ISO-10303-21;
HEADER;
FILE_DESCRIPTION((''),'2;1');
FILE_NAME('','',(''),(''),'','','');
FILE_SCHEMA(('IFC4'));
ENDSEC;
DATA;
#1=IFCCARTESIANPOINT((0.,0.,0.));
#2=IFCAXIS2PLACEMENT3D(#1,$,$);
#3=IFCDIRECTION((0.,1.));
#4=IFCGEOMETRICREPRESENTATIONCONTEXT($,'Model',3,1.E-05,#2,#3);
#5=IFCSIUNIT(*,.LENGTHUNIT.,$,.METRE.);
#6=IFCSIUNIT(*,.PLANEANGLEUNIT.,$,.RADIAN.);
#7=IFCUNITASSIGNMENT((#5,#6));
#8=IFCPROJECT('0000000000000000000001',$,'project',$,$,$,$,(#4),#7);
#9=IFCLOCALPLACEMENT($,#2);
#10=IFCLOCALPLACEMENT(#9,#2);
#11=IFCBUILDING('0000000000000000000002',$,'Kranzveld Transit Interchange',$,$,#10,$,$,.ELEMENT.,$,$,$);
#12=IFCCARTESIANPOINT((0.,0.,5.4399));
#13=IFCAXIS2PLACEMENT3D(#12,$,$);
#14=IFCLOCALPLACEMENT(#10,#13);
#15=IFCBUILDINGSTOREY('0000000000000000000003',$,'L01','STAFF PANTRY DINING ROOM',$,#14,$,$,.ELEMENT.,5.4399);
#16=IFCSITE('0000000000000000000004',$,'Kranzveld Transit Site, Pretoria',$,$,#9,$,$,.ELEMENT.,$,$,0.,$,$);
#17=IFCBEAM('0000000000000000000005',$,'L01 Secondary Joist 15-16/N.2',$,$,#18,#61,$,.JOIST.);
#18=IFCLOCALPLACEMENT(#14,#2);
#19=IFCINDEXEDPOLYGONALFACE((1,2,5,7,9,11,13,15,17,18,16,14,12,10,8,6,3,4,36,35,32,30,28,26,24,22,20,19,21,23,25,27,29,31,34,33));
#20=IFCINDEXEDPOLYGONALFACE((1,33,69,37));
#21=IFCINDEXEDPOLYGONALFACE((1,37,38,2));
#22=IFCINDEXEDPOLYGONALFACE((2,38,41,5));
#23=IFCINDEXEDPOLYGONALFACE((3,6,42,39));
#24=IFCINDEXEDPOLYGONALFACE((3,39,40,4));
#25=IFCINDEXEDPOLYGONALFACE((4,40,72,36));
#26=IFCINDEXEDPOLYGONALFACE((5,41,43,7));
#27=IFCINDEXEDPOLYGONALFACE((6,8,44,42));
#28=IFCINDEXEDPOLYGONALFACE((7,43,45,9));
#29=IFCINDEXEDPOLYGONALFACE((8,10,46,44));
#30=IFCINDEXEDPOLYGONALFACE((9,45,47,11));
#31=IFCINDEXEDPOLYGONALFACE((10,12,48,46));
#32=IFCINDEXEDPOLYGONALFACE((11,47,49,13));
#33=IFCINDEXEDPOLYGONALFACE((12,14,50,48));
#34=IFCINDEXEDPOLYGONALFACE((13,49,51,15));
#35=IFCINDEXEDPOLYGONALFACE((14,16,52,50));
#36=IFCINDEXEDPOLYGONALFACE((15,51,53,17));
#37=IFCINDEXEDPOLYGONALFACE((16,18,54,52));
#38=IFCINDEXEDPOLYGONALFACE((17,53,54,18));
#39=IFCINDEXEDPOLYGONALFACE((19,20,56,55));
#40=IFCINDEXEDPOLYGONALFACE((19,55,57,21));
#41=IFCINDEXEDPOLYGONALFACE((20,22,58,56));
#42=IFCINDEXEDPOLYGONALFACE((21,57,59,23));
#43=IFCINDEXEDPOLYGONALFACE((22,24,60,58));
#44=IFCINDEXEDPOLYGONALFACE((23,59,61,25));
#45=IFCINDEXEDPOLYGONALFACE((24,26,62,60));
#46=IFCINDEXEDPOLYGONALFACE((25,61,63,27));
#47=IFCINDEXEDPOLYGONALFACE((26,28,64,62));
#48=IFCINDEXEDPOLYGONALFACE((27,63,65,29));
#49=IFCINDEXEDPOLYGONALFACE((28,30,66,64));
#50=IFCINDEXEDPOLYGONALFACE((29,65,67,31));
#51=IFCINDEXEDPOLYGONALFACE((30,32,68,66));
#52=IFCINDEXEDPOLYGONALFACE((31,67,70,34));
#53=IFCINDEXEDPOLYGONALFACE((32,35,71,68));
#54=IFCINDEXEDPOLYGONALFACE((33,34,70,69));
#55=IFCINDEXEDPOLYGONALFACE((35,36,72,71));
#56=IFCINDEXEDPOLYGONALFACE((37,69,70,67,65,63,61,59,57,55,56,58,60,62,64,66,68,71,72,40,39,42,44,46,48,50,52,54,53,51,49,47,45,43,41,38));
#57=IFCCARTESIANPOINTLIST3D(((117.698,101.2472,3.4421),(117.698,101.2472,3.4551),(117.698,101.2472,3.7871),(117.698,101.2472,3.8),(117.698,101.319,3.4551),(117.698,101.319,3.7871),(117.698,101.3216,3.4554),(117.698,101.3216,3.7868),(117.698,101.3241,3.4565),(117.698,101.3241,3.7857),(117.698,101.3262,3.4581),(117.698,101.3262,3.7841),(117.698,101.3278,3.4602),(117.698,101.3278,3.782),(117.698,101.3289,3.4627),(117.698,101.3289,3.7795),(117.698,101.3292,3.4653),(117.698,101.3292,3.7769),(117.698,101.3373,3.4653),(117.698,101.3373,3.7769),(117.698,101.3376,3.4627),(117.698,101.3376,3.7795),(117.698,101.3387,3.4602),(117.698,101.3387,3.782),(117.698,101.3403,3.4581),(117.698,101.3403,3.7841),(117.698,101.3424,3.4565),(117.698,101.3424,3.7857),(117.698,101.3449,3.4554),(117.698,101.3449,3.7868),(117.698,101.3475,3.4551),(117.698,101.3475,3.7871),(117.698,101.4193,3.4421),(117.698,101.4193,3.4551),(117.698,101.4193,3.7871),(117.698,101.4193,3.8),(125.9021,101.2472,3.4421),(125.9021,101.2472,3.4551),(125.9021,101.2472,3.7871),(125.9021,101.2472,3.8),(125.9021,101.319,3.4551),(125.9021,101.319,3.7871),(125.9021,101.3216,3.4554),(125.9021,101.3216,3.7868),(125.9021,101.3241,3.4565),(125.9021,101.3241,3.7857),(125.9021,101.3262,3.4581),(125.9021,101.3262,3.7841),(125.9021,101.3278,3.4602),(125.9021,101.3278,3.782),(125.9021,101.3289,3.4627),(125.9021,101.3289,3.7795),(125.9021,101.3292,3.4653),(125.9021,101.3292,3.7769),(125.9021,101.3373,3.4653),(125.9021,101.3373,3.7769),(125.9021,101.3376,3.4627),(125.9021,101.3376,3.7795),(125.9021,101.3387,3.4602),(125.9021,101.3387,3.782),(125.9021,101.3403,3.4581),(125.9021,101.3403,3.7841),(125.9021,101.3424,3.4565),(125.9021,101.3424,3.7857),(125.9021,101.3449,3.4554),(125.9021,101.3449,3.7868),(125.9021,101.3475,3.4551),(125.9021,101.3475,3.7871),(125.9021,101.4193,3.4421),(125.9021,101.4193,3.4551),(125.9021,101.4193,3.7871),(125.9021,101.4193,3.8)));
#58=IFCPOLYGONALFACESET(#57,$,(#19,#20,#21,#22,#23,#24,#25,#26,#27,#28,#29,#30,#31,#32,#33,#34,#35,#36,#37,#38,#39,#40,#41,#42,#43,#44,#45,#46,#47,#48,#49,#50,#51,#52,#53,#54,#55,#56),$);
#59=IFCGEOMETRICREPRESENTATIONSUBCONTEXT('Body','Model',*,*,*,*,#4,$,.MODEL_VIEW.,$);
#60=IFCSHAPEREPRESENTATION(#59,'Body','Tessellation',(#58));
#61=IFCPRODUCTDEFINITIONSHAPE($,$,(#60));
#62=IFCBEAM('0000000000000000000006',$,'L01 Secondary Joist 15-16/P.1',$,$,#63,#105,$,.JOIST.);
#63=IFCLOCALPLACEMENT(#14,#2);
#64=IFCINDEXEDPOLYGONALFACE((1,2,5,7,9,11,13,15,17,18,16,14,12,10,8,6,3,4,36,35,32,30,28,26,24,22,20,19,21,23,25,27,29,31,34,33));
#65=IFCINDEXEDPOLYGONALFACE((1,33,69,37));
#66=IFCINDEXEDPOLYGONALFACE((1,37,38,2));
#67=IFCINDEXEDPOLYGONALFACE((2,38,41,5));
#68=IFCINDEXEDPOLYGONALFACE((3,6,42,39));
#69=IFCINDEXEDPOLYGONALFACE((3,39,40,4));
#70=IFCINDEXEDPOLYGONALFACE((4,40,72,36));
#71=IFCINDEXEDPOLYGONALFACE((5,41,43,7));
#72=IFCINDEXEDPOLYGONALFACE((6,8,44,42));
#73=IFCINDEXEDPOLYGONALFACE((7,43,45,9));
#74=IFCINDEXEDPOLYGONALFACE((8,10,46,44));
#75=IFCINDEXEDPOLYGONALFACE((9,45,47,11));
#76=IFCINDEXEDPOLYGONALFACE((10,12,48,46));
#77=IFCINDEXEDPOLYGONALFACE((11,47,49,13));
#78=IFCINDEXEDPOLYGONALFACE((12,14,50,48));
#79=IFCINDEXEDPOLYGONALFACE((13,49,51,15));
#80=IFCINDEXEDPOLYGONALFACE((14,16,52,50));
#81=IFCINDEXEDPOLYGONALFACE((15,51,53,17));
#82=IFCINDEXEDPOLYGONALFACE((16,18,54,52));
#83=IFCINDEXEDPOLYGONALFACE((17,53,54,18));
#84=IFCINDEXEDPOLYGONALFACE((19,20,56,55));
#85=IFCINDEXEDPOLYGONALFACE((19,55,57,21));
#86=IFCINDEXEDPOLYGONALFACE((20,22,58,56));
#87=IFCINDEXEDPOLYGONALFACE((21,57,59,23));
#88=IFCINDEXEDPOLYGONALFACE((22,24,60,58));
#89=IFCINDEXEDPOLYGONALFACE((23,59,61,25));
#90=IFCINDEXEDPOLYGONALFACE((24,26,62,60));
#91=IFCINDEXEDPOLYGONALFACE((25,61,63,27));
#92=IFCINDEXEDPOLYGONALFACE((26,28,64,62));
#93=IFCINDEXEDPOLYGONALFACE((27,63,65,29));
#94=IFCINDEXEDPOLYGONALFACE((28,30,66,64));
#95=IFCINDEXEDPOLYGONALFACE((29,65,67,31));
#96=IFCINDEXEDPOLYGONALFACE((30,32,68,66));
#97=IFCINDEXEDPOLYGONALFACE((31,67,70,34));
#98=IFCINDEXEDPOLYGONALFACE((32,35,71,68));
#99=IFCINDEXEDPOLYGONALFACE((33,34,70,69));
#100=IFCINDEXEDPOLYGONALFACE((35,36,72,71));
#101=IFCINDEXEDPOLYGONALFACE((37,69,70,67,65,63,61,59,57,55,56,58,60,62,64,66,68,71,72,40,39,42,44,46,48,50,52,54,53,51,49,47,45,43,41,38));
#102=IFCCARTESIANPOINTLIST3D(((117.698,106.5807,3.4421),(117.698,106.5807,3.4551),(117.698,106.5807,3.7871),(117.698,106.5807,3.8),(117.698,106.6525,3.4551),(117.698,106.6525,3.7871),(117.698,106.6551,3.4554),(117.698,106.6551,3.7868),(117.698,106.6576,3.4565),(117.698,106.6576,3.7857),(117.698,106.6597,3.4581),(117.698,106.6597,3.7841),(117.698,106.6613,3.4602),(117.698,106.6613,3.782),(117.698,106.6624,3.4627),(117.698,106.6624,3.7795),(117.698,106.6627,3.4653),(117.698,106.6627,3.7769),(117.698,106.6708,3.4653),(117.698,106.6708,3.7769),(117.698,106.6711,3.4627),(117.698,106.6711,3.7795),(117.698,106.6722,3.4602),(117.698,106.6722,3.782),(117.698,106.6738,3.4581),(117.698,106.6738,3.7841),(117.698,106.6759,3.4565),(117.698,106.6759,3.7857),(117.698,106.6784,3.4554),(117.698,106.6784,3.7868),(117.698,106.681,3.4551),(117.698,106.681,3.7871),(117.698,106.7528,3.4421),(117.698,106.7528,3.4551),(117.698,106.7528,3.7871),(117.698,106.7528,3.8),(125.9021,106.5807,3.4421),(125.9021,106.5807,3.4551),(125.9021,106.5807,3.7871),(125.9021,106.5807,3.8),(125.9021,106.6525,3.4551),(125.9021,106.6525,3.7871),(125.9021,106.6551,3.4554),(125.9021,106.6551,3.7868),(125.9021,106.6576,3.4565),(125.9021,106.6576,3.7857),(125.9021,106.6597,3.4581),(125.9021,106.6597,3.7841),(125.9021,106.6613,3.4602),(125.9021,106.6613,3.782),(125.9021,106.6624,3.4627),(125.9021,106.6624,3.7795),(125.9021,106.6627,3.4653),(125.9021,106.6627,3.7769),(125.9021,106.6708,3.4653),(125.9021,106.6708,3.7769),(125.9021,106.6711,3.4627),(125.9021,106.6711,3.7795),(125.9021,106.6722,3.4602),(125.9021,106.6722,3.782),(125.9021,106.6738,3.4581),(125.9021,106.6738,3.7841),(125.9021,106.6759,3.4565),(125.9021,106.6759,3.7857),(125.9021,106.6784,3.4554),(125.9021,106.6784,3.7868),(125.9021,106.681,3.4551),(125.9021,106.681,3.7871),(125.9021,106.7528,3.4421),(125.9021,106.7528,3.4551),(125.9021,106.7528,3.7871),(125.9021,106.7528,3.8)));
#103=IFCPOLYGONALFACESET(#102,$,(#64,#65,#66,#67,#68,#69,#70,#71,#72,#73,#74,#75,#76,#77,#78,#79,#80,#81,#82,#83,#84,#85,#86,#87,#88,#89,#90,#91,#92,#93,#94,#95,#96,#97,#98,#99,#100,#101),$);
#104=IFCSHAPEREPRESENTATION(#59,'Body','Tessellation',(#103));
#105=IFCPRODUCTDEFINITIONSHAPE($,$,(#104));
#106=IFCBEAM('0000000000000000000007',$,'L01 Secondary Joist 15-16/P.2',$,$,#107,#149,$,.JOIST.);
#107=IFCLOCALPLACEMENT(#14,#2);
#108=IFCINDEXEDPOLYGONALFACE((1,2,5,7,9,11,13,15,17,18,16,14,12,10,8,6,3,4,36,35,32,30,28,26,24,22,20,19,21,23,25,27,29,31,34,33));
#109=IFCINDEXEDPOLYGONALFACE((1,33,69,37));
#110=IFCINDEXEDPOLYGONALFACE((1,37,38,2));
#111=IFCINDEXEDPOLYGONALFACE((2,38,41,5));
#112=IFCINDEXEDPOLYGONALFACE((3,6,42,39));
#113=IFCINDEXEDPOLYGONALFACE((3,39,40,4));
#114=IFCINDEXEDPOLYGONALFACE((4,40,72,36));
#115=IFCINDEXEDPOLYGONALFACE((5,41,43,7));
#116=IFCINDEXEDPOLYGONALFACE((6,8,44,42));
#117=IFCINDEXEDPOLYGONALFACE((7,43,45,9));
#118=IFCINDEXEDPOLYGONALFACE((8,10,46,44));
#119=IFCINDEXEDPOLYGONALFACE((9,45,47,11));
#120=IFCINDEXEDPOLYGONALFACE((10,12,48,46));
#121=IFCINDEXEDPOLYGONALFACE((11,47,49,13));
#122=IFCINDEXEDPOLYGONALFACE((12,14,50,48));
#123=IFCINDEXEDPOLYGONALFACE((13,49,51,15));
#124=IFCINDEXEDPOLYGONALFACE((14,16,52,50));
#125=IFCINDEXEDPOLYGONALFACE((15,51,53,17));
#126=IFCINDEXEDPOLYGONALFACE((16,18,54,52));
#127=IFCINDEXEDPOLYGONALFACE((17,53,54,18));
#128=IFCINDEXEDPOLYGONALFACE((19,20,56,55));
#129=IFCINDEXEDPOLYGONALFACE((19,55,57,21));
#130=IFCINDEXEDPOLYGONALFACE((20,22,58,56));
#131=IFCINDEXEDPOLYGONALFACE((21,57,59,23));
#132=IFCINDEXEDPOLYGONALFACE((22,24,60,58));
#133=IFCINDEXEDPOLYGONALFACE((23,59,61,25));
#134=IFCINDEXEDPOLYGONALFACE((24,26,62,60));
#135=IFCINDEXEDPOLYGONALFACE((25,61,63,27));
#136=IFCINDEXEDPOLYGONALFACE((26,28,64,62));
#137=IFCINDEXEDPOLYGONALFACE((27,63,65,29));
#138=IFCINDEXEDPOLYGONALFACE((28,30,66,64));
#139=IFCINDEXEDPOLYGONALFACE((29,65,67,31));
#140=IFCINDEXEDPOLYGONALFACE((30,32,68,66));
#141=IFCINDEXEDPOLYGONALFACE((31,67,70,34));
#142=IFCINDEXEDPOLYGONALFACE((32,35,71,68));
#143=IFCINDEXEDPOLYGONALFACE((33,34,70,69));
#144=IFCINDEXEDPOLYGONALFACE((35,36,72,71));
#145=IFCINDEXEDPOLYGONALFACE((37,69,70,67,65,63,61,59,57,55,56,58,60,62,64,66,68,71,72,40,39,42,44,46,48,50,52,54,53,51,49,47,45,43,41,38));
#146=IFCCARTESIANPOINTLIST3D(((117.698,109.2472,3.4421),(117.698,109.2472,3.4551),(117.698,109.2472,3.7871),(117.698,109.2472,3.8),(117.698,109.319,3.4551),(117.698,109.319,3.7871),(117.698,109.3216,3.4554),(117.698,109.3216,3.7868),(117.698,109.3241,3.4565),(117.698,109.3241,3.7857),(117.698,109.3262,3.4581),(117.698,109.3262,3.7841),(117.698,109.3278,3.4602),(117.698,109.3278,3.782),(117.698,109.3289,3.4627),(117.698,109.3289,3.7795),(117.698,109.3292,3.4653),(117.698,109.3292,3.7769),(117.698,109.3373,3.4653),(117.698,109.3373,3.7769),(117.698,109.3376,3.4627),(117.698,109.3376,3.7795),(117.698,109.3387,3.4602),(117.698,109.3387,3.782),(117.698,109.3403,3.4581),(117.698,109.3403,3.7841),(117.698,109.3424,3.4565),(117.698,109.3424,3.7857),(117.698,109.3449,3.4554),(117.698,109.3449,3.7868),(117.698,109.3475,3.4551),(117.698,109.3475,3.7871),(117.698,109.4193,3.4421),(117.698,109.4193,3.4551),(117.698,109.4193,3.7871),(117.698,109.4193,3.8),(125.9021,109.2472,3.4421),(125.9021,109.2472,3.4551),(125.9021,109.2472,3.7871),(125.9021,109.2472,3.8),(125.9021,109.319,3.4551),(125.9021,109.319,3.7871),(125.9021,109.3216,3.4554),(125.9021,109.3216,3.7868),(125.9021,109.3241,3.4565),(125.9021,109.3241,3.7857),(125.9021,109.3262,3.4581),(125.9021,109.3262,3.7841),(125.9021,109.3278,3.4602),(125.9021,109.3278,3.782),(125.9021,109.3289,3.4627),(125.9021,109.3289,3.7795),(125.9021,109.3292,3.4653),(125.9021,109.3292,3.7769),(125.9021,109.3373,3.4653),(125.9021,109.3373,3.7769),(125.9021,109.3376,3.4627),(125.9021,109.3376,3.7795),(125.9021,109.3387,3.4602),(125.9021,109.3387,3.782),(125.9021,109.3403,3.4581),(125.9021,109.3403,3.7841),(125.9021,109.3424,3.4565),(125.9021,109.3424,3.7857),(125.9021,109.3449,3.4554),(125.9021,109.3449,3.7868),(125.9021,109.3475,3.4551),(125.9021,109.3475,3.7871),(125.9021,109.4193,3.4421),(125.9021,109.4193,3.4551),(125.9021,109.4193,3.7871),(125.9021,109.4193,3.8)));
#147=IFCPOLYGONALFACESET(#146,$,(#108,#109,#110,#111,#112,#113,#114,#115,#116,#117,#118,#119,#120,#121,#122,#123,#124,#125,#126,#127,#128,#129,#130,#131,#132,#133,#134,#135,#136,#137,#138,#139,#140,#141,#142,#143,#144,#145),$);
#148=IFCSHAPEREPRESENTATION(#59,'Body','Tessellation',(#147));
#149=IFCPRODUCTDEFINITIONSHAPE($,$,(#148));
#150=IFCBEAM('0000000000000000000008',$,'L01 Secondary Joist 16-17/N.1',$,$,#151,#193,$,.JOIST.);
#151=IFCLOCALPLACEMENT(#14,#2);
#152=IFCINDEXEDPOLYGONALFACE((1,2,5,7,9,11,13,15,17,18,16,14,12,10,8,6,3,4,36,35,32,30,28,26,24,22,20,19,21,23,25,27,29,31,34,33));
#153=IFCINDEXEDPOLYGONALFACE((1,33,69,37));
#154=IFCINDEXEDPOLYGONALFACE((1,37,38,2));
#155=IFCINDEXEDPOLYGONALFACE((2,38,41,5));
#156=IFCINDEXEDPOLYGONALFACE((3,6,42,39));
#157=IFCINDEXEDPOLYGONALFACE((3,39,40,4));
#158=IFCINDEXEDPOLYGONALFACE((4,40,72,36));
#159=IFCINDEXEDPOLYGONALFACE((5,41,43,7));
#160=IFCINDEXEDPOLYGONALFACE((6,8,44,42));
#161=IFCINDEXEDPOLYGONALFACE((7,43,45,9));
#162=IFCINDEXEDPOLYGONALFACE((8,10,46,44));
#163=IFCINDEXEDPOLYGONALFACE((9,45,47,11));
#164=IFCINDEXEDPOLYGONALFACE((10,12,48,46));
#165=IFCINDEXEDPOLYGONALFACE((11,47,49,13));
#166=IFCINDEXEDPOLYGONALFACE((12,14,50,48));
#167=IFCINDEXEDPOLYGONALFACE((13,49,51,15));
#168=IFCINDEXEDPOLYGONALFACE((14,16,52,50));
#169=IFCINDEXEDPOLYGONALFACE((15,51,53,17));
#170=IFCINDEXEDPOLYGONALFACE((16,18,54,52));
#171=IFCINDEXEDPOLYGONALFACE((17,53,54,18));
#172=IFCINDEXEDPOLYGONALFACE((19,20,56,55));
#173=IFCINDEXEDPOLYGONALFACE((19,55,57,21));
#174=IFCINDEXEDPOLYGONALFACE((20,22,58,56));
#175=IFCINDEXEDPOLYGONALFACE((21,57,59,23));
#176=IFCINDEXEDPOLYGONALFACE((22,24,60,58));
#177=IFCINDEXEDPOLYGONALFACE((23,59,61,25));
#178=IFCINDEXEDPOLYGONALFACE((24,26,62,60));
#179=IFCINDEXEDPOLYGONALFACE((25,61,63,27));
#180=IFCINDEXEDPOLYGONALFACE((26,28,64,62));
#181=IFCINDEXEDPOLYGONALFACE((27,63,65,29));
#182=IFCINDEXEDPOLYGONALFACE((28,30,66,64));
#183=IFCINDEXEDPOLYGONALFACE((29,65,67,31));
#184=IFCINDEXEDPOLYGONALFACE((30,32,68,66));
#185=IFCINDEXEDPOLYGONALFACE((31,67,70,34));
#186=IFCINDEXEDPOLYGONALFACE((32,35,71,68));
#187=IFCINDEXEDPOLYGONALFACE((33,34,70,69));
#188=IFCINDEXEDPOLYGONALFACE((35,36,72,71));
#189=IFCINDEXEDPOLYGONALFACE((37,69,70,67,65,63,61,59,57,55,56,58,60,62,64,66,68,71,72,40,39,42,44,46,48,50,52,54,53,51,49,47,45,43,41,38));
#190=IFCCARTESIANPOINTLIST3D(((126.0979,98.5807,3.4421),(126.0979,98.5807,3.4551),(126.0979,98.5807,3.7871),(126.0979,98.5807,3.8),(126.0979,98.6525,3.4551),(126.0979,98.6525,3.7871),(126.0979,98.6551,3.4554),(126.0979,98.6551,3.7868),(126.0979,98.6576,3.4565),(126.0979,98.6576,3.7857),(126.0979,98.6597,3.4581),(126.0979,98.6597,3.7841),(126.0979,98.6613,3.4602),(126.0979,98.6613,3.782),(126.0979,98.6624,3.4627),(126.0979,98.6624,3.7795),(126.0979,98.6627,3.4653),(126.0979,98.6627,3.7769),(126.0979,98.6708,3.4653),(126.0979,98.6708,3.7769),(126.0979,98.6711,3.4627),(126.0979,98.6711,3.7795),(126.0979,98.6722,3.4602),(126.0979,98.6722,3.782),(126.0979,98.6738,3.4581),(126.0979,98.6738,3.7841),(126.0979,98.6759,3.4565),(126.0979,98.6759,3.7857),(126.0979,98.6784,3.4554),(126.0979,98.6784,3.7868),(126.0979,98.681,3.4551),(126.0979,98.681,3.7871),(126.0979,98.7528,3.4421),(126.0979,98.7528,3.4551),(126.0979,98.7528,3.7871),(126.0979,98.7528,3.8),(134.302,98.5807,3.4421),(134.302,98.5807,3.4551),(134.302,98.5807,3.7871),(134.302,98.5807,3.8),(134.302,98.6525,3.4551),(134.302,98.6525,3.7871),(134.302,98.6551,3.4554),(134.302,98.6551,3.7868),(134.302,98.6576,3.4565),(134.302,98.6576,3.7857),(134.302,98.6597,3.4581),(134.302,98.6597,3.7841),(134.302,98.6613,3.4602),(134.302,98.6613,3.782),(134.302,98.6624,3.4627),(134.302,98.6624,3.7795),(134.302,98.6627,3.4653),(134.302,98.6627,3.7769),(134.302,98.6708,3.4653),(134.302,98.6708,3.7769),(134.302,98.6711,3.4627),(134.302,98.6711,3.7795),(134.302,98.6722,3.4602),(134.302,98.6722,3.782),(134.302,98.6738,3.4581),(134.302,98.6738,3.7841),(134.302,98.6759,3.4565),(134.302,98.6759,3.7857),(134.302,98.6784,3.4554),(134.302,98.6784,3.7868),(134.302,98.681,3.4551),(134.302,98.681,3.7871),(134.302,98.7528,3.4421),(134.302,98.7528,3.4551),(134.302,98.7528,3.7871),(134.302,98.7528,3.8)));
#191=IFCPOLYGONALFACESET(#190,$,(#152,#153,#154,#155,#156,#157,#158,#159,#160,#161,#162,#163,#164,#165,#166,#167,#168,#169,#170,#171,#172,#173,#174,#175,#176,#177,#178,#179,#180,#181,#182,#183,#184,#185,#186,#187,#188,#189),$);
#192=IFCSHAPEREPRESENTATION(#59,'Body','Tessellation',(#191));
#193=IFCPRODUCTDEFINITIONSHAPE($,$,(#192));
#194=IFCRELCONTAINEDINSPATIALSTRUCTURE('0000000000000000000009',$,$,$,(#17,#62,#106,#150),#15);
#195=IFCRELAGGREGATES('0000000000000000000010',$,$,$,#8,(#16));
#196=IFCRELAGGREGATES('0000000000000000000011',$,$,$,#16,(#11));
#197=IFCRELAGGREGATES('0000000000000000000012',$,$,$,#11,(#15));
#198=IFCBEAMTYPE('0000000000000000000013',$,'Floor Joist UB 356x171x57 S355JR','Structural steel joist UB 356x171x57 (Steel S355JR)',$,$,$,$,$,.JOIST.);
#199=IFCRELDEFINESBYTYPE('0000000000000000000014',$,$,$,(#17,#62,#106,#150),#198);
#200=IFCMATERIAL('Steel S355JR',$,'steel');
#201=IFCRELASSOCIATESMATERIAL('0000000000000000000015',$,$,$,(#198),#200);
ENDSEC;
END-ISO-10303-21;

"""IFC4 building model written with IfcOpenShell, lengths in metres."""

from ifc_helpers import new_model, si_unit, direction, frame, origin, origin_2d, place, context, subcontext, project, spatial, i_section, extrude, material, material_profile, profile_set, type_object, element, save


model = new_model("IFC4")

# Units and contexts
model_context = context("Model", 3, precision=1e-05, world=origin(), true_north=direction((0.0, 1.0)))
body_context = subcontext(model_context, "Body", "Model", "MODEL_VIEW")
ifc_project = project(units=[si_unit("LENGTHUNIT", "METRE"), si_unit("PLANEANGLEUNIT", "RADIAN")], contexts=[model_context])

# Site, building, storey
site_placement = place(None, origin())
site = spatial("IfcSite", under=ifc_project, at=site_placement, Name="Kranzveld Transit Site, Pretoria", CompositionType="ELEMENT", RefElevation=0.0)
building_placement = place(site_placement, origin())
building = spatial("IfcBuilding", under=site, at=building_placement, Name="Kranzveld Transit Interchange", CompositionType="ELEMENT")
storey_placement = place(building_placement, frame((0.0, 0.0, 5.4399)))
storey = spatial("IfcBuildingStorey", under=building, at=storey_placement, Name="L01", Description="STAFF PANTRY DINING ROOM", CompositionType="ELEMENT", Elevation=5.4399)

# Beams
ifc_material_1 = material(Name="Steel S355JR", Category="steel")
ifc_material_profile_1 = material_profile(ifc_material_1, i_section(OverallWidth=0.1721, OverallDepth=0.3579, WebThickness=0.0081, FlangeThickness=0.0129, FilletRadius=0.0103, at=origin_2d()), Name="UB 356x171x57")
ifc_profile_set_1 = profile_set([ifc_material_profile_1], Name="Steel S355JR")
beam_type_1 = type_object("IfcBeamType", Name="Floor Joist UB 356x171x57 S355JR", Description="Structural steel joist UB 356x171x57 (Steel S355JR)", PredefinedType="JOIST", material=ifc_profile_set_1)
for number, where, z_axis, x_axis, name in (
    (1, (117.698, 101.3333, 3.6211), (1.0, 0.0, 0.0), (0.0, 1.0, 0.0), "L01 Secondary Joist 15-16/N.2"),
    (2, (117.698, 106.6667, 3.6211), (1.0, 0.0, 0.0), (0.0, 1.0, 0.0), "L01 Secondary Joist 15-16/P.1"),
    (3, (117.698, 109.3333, 3.6211), (1.0, 0.0, 0.0), (0.0, 1.0, 0.0), "L01 Secondary Joist 15-16/P.2"),
    (4, (126.0979, 98.6667, 3.6211), (1.0, 0.0, 0.0), (0.0, 1.0, 0.0), "L01 Secondary Joist 16-17/N.1"),
):
    element("IfcBeam", number, at=place(storey_placement, frame(where, z_axis=z_axis, x_axis=x_axis)), inside=storey, type_object=beam_type_1, Name=name, PredefinedType="JOIST", context=body_context, shape_type="SweptSolid", body=[
        extrude(i_section(OverallWidth=0.1721, OverallDepth=0.3579, WebThickness=0.0081, FlangeThickness=0.0129, FilletRadius=0.0103, at=origin_2d()), origin(), (0.0, 0.0, 1.0), 8.2041),
    ])

save(model, "model.ifc")
